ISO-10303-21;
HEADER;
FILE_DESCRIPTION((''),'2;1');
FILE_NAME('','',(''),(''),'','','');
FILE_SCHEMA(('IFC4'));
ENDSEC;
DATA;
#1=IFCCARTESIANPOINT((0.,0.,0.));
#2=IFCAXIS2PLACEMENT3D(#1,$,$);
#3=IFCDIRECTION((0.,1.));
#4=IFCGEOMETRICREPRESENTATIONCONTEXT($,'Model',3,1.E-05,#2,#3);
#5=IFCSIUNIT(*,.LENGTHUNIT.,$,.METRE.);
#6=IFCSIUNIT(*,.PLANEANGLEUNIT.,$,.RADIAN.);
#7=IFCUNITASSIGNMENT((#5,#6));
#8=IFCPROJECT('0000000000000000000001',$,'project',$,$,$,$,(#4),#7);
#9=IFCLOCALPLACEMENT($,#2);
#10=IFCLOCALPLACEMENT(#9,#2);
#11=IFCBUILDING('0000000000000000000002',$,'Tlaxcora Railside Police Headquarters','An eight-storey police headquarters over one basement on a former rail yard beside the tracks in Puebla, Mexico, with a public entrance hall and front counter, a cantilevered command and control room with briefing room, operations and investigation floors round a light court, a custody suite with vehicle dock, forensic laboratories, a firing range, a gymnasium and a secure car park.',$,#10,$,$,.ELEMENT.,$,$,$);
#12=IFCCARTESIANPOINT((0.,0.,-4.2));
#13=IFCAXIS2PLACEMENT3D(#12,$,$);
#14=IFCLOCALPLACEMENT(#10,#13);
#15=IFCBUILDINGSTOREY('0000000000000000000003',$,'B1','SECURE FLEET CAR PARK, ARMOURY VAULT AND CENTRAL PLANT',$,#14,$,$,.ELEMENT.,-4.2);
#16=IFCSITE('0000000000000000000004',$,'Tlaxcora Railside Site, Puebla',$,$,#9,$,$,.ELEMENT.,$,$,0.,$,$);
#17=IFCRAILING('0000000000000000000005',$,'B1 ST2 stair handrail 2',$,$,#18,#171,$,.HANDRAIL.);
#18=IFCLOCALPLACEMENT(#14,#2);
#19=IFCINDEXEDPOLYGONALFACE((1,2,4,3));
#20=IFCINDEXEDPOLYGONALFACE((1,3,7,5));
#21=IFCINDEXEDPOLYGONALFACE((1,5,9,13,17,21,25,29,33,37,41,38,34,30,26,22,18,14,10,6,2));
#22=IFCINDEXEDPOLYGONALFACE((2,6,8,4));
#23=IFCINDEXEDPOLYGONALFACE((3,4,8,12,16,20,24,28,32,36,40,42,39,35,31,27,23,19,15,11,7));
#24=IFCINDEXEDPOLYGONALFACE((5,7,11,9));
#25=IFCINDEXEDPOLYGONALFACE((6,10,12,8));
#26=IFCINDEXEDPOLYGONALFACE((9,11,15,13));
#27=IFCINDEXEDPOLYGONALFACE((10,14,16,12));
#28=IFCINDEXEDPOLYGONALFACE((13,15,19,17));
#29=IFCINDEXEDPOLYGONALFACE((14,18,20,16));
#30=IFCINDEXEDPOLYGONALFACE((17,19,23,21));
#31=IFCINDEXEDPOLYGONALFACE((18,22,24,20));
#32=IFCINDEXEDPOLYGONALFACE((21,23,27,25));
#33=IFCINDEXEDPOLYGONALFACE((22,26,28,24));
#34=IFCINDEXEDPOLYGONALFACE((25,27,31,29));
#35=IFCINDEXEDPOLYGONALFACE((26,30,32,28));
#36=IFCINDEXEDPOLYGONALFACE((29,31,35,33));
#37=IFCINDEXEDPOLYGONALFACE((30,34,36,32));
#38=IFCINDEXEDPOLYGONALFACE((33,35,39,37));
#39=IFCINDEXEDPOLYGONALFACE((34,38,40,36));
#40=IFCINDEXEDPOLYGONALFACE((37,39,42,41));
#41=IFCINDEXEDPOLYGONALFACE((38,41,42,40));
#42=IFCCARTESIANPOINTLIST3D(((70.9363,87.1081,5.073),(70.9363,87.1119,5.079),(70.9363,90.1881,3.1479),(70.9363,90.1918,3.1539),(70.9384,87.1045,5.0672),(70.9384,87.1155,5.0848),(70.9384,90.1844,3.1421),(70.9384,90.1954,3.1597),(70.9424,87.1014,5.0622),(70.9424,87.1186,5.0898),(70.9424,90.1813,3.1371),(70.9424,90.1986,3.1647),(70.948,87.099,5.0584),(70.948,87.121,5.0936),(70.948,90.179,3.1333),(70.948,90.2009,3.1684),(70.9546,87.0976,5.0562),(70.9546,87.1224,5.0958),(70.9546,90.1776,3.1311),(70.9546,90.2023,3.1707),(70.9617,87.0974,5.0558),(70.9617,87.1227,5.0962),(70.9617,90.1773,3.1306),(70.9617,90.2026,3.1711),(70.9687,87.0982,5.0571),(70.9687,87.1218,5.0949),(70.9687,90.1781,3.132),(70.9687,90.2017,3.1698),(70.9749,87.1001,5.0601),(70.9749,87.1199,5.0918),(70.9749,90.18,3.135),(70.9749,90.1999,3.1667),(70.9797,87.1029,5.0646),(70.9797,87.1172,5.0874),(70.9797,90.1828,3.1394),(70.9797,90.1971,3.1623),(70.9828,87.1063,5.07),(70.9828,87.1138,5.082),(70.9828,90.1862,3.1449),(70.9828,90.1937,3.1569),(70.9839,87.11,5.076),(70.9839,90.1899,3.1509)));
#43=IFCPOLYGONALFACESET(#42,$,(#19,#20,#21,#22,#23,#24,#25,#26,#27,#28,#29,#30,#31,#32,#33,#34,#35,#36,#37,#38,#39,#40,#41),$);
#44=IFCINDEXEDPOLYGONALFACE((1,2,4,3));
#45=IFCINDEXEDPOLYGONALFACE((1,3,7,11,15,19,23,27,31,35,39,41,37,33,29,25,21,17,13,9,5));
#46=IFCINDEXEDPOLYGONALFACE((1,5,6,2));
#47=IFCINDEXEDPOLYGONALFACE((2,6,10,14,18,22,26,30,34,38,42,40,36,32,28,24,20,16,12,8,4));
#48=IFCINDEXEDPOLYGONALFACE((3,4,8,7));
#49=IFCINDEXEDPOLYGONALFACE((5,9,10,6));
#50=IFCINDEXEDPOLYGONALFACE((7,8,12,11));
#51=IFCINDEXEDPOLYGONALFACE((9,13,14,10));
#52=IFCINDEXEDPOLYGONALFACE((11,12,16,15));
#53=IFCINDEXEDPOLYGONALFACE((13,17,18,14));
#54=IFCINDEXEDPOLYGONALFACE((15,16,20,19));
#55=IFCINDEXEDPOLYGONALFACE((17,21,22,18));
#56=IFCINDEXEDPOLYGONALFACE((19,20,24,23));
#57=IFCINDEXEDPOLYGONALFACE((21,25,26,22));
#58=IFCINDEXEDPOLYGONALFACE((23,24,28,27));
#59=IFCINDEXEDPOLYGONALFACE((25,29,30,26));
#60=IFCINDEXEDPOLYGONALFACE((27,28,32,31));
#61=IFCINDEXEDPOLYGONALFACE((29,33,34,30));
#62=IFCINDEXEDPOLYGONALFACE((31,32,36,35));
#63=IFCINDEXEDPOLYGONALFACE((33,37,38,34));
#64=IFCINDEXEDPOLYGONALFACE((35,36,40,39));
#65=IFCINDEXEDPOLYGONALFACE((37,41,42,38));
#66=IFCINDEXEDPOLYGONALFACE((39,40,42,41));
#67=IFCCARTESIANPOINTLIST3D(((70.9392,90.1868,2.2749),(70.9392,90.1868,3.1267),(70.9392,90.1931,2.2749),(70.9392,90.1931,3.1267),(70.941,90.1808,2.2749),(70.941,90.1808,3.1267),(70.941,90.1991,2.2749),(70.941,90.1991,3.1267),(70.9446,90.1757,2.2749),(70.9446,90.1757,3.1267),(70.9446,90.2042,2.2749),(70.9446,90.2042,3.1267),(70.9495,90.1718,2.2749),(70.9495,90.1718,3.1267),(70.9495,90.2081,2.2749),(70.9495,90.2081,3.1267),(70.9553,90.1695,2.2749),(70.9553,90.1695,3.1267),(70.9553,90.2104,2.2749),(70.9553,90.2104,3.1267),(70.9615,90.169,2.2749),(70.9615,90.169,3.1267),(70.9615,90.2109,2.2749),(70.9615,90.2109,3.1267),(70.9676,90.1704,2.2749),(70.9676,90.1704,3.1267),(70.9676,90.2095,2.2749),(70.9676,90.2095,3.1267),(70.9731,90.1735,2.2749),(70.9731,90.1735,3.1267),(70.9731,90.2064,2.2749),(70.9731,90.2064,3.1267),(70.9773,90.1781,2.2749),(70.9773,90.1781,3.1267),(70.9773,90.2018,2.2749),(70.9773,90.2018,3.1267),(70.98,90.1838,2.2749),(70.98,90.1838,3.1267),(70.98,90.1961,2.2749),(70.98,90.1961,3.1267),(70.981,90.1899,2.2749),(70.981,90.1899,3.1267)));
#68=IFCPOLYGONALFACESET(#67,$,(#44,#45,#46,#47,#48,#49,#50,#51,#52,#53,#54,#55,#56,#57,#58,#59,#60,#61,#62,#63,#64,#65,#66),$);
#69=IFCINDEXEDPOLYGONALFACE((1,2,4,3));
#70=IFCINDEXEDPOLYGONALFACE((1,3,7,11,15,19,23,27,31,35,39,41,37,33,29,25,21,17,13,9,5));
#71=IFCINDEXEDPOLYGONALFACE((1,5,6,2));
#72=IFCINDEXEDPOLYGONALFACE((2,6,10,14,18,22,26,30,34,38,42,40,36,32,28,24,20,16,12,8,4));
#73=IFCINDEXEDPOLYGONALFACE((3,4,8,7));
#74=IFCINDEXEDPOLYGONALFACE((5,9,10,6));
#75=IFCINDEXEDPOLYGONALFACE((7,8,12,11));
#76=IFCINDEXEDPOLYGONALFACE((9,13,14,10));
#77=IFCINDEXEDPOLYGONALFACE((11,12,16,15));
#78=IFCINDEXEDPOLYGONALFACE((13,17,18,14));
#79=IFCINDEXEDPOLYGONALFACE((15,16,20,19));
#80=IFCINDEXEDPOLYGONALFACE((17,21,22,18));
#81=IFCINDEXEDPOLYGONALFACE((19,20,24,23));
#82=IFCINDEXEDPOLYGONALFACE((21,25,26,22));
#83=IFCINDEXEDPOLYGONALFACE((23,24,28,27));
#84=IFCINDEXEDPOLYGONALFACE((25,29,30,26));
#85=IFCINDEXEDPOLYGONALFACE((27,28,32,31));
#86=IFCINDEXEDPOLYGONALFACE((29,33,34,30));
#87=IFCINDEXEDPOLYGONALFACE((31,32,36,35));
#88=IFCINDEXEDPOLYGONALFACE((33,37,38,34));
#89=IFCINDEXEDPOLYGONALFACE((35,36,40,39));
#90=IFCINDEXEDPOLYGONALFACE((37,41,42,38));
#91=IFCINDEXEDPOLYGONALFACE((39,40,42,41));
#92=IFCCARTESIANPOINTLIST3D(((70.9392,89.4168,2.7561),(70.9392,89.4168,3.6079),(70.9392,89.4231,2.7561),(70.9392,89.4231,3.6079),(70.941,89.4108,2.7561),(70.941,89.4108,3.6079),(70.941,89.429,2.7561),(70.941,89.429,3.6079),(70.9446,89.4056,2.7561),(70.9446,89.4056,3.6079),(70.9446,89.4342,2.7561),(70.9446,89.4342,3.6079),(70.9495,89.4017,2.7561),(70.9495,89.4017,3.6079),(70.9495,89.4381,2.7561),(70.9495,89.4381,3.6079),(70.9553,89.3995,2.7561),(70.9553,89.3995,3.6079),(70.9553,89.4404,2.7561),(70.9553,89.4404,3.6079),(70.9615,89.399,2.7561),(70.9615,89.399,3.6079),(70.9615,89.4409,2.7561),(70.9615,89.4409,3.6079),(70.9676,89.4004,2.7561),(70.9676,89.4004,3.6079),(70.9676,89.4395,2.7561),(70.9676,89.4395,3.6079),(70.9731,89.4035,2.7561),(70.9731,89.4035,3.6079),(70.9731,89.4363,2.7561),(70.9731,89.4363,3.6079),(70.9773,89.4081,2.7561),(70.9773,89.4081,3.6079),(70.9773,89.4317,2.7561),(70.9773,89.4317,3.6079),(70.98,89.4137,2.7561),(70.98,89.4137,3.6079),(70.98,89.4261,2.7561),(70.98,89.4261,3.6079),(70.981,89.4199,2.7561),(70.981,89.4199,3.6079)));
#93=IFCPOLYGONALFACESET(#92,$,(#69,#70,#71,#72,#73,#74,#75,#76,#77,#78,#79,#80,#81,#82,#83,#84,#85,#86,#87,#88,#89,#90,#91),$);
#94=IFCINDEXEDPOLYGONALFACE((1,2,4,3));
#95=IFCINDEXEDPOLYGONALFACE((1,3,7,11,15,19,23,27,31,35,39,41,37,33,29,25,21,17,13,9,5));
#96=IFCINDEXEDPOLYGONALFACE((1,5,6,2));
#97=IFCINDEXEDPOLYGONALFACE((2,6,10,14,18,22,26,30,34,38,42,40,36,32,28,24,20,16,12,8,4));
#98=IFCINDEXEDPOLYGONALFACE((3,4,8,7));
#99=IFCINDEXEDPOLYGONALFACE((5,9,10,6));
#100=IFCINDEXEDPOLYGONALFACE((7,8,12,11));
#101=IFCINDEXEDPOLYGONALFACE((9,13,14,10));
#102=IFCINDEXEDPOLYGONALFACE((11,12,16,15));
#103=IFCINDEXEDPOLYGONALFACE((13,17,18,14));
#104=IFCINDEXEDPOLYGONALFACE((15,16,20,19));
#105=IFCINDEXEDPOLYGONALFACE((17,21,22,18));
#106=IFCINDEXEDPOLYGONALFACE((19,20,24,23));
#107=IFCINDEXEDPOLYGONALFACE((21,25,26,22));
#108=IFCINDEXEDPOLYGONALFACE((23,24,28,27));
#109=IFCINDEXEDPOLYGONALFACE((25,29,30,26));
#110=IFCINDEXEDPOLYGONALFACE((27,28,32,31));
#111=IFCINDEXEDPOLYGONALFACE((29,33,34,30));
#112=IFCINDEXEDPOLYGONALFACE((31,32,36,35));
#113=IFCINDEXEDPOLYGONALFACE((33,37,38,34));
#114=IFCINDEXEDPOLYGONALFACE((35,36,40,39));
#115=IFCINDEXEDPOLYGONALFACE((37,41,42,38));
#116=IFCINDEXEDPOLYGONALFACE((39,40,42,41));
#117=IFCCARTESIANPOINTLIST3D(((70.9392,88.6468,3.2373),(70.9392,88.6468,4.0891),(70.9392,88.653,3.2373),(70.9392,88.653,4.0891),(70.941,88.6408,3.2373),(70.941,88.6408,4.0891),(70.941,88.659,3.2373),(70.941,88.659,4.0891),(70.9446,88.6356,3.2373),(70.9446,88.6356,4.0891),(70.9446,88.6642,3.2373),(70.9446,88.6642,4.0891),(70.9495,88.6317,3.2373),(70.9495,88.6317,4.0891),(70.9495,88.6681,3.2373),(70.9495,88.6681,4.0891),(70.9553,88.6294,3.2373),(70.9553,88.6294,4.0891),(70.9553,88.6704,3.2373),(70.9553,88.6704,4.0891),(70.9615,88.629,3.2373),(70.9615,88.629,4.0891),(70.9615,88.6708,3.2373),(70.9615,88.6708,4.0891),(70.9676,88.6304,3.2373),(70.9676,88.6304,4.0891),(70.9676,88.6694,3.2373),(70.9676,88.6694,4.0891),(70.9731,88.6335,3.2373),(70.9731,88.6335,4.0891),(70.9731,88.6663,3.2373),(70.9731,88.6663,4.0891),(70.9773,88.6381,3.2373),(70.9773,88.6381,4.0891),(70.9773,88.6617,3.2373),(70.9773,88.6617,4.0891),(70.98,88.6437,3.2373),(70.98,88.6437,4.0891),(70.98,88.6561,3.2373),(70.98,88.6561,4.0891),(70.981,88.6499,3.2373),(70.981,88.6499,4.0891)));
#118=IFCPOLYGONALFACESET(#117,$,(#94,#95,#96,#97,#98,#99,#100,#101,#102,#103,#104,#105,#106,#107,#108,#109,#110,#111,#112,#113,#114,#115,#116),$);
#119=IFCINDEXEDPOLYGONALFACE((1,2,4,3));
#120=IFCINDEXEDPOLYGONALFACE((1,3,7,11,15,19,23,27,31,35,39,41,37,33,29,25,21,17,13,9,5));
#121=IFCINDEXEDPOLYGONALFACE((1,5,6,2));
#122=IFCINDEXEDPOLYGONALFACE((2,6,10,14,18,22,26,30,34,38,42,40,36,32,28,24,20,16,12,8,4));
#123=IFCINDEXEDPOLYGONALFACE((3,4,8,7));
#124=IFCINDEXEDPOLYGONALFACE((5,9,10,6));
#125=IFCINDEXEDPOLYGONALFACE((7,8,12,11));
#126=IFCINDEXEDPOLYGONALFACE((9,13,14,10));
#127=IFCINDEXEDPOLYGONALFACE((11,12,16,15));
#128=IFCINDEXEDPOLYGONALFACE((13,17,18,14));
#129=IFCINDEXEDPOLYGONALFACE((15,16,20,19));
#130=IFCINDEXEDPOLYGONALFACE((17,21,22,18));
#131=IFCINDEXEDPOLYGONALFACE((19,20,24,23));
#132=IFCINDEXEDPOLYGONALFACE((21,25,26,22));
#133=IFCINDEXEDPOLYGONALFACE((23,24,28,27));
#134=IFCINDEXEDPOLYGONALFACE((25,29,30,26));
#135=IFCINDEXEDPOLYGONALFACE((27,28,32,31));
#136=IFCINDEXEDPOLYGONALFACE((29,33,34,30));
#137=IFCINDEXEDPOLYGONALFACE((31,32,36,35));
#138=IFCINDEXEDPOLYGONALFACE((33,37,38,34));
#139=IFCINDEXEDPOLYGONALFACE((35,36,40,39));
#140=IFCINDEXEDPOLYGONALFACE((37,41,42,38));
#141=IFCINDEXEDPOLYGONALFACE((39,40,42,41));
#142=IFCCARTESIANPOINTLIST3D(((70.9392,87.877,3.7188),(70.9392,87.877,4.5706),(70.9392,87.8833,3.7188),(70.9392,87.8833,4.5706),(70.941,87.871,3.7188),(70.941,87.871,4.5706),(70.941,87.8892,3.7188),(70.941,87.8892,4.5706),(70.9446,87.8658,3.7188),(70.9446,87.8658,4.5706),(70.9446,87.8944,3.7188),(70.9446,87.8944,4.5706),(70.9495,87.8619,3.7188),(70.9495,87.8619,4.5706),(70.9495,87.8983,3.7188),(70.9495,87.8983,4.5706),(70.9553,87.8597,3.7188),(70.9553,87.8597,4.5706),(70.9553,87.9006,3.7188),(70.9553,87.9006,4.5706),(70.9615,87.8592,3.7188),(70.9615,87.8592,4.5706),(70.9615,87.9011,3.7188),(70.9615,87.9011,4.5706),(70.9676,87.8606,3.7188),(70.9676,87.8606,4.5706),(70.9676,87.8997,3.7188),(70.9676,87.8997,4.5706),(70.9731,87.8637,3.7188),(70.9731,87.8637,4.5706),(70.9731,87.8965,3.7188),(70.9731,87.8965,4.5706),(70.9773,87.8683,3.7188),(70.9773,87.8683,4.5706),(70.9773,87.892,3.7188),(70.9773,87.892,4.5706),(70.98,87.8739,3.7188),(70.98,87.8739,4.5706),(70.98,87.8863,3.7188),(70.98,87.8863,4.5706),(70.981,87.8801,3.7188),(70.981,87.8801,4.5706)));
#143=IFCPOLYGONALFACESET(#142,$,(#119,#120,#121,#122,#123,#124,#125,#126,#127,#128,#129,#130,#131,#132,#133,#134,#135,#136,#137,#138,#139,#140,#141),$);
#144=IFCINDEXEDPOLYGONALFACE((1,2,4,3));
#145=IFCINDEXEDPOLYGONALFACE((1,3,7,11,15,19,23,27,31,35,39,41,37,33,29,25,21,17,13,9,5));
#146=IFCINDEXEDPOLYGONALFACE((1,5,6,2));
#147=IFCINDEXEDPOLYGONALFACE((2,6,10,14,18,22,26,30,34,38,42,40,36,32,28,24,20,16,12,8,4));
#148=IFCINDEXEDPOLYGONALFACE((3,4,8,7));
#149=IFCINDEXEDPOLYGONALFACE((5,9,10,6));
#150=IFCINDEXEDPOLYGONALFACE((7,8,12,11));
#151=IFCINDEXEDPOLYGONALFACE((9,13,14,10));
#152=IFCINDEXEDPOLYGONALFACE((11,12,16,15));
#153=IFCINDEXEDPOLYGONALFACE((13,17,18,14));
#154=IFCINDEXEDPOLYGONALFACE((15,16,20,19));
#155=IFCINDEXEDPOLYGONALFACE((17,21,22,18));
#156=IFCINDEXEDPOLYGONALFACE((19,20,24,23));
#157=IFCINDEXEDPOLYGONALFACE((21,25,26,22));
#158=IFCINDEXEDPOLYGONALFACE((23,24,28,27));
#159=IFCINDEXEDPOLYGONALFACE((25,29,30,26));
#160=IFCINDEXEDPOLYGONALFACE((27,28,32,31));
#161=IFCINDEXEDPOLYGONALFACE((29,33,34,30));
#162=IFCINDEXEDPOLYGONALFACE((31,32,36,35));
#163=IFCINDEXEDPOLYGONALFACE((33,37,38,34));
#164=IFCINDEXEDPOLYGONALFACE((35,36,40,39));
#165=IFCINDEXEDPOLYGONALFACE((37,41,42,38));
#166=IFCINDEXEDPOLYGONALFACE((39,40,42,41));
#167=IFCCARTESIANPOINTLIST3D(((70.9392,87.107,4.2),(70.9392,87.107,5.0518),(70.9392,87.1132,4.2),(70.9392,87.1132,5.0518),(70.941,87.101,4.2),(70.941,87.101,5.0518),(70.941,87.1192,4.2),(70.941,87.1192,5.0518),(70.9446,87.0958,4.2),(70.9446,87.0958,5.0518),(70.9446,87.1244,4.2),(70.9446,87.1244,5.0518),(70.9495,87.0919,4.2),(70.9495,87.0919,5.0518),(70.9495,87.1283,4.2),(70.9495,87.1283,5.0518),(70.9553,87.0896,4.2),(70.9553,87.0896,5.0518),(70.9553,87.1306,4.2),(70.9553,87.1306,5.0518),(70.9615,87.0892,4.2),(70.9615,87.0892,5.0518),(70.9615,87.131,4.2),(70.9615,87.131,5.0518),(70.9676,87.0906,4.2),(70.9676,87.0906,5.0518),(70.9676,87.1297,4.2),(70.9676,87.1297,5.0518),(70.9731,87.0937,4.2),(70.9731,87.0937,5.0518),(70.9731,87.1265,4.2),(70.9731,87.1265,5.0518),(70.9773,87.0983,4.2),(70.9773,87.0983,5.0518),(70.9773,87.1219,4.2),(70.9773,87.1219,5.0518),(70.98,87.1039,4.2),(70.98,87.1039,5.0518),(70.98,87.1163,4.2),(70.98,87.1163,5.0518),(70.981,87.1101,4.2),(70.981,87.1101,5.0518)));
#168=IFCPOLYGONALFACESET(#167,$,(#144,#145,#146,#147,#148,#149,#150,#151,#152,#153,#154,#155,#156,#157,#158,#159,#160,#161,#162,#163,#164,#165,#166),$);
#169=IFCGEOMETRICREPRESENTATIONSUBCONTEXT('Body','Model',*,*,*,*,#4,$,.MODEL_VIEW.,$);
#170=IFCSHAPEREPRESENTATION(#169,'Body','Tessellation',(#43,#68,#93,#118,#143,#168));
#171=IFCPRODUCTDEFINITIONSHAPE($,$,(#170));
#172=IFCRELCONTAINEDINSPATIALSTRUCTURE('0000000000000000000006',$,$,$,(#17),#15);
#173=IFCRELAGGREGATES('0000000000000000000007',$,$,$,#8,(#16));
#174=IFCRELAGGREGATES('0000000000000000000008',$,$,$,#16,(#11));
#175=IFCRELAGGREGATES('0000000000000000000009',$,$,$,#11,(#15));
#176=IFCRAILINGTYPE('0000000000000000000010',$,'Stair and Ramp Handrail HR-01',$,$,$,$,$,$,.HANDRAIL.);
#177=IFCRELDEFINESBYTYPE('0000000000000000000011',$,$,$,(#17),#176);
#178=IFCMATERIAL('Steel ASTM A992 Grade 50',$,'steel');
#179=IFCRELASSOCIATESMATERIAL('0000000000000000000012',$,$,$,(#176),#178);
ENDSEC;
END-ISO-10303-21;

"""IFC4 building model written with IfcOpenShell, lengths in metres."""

from ifc_helpers import new_model, si_unit, direction, frame, origin, origin_2d, place, context, subcontext, project, spatial, circle, extrude, material, type_object, element, save


model = new_model("IFC4")

# Units and contexts
model_context = context("Model", 3, precision=1e-05, world=origin(), true_north=direction((0.0, 1.0)))
body_context = subcontext(model_context, "Body", "Model", "MODEL_VIEW")
ifc_project = project(units=[si_unit("LENGTHUNIT", "METRE"), si_unit("PLANEANGLEUNIT", "RADIAN")], contexts=[model_context])

# Site, building, storey
site_placement = place(None, origin())
site = spatial("IfcSite", under=ifc_project, at=site_placement, Name="Tlaxcora Railside Site, Puebla", CompositionType="ELEMENT", RefElevation=0.0)
building_placement = place(site_placement, origin())
building = spatial("IfcBuilding", under=site, at=building_placement, Name="Tlaxcora Railside Police Headquarters", Description="An eight-storey police headquarters over one basement on a former rail yard beside the tracks in Puebla, Mexico, with a public entrance hall and front counter, a cantilevered command and control room with briefing room, operations and investigation floors round a light court, a custody suite with vehicle dock, forensic laboratories, a firing range, a gymnasium and a secure car park.", CompositionType="ELEMENT")
storey_placement = place(building_placement, frame((0.0, 0.0, -4.2)))
storey = spatial("IfcBuildingStorey", under=building, at=storey_placement, Name="B1", Description="SECURE FLEET CAR PARK, ARMOURY VAULT AND CENTRAL PLANT", CompositionType="ELEMENT", Elevation=-4.2)

# Shared definitions
ifc_material_1 = material(Name="Steel ASTM A992 Grade 50", Category="steel")

# Railing
railing_type_1 = type_object("IfcRailingType", Name="Stair and Ramp Handrail HR-01", PredefinedType="HANDRAIL", material=ifc_material_1)
railing_1_placement = place(storey_placement, frame((70.96, 90.1899, 2.2749)))
element("IfcRailing", 1, at=railing_1_placement, inside=storey, type_object=railing_type_1, Name="B1 ST2 stair handrail 2", PredefinedType="HANDRAIL", context=body_context, shape_type="SweptSolid", body=[
    extrude(circle(Radius=0.0239, at=origin_2d()), frame((0.0, 0.0, 0.876), z_axis=(0.0, -0.847979, 0.530029), x_axis=(1.0, 0.0, 0.0)), (0.0, 0.0, 1.0), 3.6321),
    extrude(circle(Radius=0.021, at=origin_2d()), origin(), (0.0, 0.0, 1.0), 0.8518),
    extrude(circle(Radius=0.021, at=origin_2d()), frame((0.0, -0.77, 0.4812)), (0.0, 0.0, 1.0), 0.8518),
    extrude(circle(Radius=0.021, at=origin_2d()), frame((0.0, -1.54, 0.9624)), (0.0, 0.0, 1.0), 0.8518),
    extrude(circle(Radius=0.021, at=origin_2d()), frame((0.0, -2.3098, 1.4438)), (0.0, 0.0, 1.0), 0.8518),
    extrude(circle(Radius=0.021, at=origin_2d()), frame((0.0, -3.0798, 1.925)), (0.0, 0.0, 1.0), 0.8518),
])

save(model, "model.ifc")
